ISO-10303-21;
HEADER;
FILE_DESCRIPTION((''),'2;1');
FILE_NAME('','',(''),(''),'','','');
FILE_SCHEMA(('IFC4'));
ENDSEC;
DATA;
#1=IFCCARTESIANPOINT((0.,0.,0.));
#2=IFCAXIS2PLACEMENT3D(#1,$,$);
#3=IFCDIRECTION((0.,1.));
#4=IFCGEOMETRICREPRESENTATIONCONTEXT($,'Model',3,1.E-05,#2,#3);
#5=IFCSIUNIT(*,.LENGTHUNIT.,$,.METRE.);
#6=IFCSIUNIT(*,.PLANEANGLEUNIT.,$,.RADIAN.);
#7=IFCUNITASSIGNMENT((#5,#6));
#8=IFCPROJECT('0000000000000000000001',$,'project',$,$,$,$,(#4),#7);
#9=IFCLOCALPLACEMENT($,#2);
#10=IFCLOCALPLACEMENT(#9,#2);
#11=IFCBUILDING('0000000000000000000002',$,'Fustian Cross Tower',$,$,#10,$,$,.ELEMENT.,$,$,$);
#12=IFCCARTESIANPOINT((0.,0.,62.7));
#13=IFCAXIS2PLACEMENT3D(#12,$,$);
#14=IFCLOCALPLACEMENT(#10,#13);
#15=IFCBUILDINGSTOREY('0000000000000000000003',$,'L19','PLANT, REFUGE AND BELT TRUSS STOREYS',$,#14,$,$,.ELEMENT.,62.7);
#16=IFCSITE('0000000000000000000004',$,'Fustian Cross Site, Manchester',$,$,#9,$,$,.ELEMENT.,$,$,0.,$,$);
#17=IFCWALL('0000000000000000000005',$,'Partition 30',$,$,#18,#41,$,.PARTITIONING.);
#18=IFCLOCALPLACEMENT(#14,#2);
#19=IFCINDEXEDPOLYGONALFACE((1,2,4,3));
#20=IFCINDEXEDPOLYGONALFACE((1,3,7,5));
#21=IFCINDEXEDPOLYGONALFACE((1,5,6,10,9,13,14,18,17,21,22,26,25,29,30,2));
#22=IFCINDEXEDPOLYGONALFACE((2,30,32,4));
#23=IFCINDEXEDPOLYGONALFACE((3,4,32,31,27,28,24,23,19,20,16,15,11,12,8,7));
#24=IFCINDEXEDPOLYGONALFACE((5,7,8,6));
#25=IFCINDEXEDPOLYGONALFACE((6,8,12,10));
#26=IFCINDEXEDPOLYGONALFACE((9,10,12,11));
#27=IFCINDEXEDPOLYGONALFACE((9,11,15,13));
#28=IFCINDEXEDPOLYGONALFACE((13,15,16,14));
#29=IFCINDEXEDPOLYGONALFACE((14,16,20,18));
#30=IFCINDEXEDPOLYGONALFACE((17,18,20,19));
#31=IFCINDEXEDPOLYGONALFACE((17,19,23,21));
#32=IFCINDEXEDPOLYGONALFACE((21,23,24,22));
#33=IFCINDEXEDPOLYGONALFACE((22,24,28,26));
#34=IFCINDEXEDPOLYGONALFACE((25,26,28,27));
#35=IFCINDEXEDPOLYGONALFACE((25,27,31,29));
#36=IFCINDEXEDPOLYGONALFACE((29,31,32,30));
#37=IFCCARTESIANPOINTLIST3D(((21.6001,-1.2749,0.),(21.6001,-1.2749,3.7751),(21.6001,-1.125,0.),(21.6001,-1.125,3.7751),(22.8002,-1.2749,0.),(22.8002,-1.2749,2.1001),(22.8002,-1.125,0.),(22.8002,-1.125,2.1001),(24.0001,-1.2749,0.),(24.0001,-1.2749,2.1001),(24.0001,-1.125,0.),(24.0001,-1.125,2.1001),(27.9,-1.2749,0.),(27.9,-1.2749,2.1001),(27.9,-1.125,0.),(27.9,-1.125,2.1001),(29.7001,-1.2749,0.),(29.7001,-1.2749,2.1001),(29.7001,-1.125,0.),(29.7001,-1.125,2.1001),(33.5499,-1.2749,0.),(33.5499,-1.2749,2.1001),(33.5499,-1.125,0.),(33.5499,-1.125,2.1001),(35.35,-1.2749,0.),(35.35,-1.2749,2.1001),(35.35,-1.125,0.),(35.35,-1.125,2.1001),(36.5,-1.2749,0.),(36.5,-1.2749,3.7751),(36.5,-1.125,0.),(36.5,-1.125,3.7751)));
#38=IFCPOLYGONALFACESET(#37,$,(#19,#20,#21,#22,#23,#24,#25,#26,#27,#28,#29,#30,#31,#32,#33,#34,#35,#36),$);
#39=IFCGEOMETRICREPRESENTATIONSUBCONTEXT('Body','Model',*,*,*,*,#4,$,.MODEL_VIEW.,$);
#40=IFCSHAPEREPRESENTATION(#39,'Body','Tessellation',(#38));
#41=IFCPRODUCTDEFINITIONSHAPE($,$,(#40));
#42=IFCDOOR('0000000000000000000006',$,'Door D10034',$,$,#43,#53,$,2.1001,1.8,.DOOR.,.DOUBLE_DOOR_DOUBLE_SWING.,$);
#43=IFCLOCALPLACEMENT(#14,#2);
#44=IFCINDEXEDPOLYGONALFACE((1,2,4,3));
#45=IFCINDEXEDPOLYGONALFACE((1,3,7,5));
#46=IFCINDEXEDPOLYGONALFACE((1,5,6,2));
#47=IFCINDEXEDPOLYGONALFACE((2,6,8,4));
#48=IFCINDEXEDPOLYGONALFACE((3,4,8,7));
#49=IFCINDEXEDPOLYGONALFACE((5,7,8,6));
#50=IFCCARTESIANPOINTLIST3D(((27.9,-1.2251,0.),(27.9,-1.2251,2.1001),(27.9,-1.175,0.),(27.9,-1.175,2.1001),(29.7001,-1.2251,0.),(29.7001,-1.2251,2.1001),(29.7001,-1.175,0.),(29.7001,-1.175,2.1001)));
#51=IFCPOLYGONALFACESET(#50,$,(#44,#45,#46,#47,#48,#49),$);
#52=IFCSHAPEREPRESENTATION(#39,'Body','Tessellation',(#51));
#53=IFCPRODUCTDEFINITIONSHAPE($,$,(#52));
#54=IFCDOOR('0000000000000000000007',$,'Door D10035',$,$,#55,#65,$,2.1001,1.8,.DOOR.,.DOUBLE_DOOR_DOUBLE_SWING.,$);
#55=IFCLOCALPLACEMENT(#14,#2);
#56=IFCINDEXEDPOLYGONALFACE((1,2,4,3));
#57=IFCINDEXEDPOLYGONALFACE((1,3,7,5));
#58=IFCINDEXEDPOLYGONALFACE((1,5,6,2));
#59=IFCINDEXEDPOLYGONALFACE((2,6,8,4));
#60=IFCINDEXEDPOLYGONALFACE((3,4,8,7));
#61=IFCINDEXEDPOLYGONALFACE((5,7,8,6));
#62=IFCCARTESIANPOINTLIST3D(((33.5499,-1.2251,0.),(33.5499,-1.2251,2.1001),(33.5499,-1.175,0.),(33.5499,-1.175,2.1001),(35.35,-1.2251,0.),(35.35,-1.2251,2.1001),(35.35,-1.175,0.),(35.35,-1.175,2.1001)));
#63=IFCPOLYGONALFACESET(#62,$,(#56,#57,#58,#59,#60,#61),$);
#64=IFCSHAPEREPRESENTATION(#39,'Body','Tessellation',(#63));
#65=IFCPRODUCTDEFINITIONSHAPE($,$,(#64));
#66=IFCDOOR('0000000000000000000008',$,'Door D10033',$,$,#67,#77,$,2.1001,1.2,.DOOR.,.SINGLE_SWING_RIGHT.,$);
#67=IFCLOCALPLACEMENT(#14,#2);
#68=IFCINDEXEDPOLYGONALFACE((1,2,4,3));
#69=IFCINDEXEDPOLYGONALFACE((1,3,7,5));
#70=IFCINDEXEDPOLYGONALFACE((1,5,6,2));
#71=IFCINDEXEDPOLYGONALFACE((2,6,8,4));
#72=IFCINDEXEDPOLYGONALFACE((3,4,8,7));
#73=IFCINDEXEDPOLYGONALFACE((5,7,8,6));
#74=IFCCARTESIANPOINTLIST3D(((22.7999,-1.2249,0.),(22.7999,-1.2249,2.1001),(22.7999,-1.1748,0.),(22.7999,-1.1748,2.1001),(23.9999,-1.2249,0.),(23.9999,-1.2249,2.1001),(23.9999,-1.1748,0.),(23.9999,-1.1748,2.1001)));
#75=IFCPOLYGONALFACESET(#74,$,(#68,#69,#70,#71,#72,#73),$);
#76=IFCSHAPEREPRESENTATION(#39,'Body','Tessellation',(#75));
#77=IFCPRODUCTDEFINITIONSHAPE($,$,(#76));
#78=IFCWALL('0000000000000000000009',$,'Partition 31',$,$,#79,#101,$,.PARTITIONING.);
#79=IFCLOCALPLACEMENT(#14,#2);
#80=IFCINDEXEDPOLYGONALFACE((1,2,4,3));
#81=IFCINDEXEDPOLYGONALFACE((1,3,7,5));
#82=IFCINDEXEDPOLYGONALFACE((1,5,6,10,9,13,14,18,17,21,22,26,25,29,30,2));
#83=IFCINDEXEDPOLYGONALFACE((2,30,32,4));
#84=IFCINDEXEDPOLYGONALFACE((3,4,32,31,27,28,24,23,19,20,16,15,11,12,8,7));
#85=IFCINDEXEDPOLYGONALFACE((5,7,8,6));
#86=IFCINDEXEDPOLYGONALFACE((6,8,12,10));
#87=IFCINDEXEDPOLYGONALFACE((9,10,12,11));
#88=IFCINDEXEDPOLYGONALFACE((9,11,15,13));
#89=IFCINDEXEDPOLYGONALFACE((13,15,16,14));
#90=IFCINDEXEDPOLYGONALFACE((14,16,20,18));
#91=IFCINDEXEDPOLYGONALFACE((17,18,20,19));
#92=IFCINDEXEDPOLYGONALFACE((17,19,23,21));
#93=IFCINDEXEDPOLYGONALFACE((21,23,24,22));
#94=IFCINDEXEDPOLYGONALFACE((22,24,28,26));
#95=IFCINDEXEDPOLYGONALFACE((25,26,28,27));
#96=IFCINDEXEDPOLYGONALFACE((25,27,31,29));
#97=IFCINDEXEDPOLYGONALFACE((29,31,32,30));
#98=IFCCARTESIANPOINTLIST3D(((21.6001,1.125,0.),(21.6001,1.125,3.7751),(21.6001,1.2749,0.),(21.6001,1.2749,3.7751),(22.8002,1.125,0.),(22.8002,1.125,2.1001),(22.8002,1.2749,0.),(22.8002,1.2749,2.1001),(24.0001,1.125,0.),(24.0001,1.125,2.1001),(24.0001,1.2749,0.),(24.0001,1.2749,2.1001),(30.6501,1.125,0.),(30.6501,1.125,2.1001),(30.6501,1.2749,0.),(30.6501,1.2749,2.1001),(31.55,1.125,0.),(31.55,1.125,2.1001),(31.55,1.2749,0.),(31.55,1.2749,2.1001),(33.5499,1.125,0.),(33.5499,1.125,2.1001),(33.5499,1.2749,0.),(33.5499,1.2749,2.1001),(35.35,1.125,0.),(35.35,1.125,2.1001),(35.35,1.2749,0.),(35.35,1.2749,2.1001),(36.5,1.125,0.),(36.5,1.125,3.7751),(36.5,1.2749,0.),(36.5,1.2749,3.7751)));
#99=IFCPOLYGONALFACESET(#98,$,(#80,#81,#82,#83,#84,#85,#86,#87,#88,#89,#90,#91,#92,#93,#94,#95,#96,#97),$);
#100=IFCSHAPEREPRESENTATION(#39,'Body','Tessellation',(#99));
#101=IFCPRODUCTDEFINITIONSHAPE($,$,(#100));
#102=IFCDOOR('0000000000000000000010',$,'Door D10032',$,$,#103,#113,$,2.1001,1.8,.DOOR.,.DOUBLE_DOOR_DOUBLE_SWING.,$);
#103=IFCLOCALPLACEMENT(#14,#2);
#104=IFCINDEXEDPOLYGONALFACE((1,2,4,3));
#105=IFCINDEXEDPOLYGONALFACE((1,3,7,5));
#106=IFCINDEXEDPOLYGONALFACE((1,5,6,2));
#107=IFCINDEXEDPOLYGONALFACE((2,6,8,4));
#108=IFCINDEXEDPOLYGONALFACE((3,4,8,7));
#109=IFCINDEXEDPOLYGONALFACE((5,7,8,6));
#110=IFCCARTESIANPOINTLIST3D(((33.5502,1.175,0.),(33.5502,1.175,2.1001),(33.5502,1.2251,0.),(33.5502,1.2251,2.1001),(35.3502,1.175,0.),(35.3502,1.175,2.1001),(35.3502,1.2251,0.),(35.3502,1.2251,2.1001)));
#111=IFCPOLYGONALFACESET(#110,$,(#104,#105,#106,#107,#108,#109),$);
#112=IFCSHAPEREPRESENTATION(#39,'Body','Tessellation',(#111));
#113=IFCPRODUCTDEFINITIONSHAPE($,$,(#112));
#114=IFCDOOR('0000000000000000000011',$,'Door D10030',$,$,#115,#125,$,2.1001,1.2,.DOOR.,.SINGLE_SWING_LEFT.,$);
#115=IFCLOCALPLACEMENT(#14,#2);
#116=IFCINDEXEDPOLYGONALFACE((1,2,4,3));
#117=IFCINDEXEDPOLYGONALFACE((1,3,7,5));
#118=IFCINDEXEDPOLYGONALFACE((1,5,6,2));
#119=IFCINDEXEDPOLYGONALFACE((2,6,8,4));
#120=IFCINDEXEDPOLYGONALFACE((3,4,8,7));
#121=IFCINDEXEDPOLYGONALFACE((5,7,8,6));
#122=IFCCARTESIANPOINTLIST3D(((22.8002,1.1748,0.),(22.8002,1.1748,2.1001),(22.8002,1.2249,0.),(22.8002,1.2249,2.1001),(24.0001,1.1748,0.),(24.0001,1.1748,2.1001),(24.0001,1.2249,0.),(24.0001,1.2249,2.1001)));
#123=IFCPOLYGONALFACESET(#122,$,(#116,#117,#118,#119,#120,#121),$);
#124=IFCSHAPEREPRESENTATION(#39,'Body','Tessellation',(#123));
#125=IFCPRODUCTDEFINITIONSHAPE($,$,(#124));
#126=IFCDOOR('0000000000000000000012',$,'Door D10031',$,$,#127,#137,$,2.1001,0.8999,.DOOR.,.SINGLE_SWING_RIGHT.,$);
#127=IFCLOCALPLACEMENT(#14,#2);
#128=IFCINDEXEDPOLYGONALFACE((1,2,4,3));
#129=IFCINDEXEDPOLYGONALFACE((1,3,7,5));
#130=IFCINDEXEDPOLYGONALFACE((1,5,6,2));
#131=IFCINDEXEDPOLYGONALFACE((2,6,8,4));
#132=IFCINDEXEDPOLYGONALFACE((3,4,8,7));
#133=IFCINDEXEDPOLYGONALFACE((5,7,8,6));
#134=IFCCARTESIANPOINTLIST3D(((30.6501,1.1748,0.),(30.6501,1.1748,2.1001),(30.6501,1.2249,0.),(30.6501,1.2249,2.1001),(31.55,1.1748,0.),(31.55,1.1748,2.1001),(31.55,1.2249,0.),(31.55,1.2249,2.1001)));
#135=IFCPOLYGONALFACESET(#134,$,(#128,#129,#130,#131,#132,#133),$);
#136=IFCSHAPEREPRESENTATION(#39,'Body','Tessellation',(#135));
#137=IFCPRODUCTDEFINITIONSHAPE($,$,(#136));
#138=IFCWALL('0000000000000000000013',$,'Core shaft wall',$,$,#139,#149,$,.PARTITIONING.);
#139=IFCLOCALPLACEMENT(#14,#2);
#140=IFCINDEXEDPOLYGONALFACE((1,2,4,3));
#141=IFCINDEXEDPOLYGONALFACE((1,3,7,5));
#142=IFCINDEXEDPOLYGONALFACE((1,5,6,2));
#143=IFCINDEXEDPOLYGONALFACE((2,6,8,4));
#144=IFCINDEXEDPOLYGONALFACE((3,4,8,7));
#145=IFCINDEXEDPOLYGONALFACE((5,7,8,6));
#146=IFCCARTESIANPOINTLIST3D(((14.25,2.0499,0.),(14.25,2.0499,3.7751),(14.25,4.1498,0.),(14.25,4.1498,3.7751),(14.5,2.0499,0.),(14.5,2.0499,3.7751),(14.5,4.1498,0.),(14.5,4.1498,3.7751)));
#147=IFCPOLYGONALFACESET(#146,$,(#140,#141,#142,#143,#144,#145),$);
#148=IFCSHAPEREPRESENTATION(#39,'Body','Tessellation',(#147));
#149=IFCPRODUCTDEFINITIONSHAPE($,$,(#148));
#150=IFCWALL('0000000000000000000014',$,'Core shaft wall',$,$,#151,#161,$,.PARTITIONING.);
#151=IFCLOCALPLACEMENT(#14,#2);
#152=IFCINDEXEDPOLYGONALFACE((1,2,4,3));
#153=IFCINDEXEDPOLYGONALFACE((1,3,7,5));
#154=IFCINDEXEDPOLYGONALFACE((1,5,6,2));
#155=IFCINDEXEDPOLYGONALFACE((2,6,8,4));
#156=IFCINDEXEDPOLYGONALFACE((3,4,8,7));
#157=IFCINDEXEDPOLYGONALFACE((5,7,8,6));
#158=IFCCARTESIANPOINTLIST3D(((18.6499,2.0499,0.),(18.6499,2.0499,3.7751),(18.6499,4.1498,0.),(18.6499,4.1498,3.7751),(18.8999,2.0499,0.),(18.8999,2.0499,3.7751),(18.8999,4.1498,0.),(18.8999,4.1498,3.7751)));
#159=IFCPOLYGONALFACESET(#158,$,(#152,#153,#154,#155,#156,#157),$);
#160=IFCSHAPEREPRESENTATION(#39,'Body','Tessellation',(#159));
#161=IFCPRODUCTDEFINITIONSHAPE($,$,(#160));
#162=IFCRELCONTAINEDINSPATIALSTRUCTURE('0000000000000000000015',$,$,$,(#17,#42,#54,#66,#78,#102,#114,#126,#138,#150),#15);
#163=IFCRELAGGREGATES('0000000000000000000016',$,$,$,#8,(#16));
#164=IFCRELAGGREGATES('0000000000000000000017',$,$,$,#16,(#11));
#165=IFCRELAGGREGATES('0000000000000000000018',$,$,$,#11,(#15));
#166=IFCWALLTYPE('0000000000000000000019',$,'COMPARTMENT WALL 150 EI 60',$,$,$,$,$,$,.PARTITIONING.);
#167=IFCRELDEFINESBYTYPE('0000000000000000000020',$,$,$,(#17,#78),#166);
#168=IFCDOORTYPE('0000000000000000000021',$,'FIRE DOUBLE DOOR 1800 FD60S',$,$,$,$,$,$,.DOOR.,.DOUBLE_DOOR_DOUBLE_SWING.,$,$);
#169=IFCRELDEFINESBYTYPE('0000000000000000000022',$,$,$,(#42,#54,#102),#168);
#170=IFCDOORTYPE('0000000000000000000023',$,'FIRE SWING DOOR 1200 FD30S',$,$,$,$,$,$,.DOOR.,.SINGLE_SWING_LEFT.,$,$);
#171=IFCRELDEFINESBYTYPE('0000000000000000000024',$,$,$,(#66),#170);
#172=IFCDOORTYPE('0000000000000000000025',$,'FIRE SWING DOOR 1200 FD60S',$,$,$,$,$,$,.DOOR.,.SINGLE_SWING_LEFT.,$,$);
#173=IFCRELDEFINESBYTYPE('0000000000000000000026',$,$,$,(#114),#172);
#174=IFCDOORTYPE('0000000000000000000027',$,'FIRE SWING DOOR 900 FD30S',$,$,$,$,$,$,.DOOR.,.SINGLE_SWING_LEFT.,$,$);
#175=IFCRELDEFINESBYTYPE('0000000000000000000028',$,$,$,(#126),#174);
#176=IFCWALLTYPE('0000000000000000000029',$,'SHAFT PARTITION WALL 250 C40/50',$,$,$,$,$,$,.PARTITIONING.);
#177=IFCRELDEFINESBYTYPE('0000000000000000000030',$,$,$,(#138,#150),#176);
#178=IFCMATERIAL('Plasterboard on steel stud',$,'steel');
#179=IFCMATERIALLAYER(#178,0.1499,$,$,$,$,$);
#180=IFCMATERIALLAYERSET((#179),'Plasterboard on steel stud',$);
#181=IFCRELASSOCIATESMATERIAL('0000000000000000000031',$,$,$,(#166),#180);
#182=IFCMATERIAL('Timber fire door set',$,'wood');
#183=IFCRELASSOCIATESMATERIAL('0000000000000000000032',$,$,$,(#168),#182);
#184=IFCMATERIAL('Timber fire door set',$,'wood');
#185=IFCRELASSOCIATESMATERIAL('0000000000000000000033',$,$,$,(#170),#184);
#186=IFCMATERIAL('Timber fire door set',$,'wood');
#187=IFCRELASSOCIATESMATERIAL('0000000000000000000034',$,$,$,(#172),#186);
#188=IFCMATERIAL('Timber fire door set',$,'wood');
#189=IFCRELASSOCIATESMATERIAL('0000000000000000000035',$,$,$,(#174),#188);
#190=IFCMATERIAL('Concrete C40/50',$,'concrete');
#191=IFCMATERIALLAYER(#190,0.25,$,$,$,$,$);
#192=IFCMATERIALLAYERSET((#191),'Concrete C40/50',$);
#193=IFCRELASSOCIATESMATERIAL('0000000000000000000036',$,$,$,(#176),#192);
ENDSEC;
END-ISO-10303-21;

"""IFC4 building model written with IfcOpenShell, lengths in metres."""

from ifc_helpers import new_model, si_unit, direction, frame, frame_2d, origin, place, context, subcontext, project, spatial, rectangle, extrude, material, layer, layer_set, type_object, element, fill, save


model = new_model("IFC4")

# Units and contexts
model_context = context("Model", 3, precision=1e-05, world=origin(), true_north=direction((0.0, 1.0)))
body_context = subcontext(model_context, "Body", "Model", "MODEL_VIEW")
ifc_project = project(units=[si_unit("LENGTHUNIT", "METRE"), si_unit("PLANEANGLEUNIT", "RADIAN")], contexts=[model_context])

# Site, building, storey
site_placement = place(None, origin())
site = spatial("IfcSite", under=ifc_project, at=site_placement, Name="Fustian Cross Site, Manchester", CompositionType="ELEMENT", RefElevation=0.0)
building_placement = place(site_placement, origin())
building = spatial("IfcBuilding", under=site, at=building_placement, Name="Fustian Cross Tower", CompositionType="ELEMENT")
storey_placement = place(building_placement, frame((0.0, 0.0, 62.7)))
storey = spatial("IfcBuildingStorey", under=building, at=storey_placement, Name="L19", Description="PLANT, REFUGE AND BELT TRUSS STOREYS", CompositionType="ELEMENT", Elevation=62.7)

# Walls, openings, doors
ifc_material_1 = material(Name="Plasterboard on steel stud", Category="steel")
ifc_layer_1 = layer(ifc_material_1, 0.1499)
ifc_layer_set_1 = layer_set([ifc_layer_1], Name="Plasterboard on steel stud")
wall_type_1 = type_object("IfcWallType", Name="COMPARTMENT WALL 150 EI 60", PredefinedType="PARTITIONING", material=ifc_layer_set_1)
wall_1_placement = place(storey_placement, frame((21.6001, -1.2, 0.0), z_axis=(0.0, 0.0, 1.0), x_axis=(1.0, 0.0, 0.0)))
wall_1 = element("IfcWall", 1, at=wall_1_placement, inside=storey, type_object=wall_type_1, Name="Partition 30", PredefinedType="PARTITIONING", context=body_context, shape_type="SweptSolid", body=[
    extrude(rectangle(XDim=14.8999, YDim=0.1499, at=frame_2d((7.45, 0.0))), origin(), (0.0, 0.0, 1.0), 3.7751),
])
opening_1_placement = place(wall_1_placement, frame((1.2, 0.0, 0.0)))
opening_1 = element("IfcOpeningElement", 2, at=opening_1_placement, cuts=wall_1, PredefinedType="OPENING", context=body_context, shape_type="SweptSolid", body=[
    extrude(rectangle(XDim=1.2, YDim=2.1001, at=frame_2d((0.6001, 1.05))), frame((0.0, 0.085, 0.0), z_axis=(0.0, -1.0, 0.0), x_axis=(1.0, 0.0, 0.0)), (0.0, 0.0, 1.0), 0.1699),
])
opening_2_placement = place(wall_1_placement, frame((6.3, 0.0, 0.0)))
opening_2 = element("IfcOpeningElement", 3, at=opening_2_placement, cuts=wall_1, PredefinedType="OPENING", context=body_context, shape_type="SweptSolid", body=[
    extrude(rectangle(XDim=1.8, YDim=2.1001, at=frame_2d((0.8999, 1.05))), frame((0.0, 0.085, 0.0), z_axis=(0.0, -1.0, 0.0), x_axis=(1.0, 0.0, 0.0)), (0.0, 0.0, 1.0), 0.1699),
])
opening_3_placement = place(wall_1_placement, frame((11.95, 0.0, 0.0)))
opening_3 = element("IfcOpeningElement", 4, at=opening_3_placement, cuts=wall_1, PredefinedType="OPENING", context=body_context, shape_type="SweptSolid", body=[
    extrude(rectangle(XDim=1.8, YDim=2.1001, at=frame_2d((0.8999, 1.05))), frame((0.0, 0.085, 0.0), z_axis=(0.0, -1.0, 0.0), x_axis=(1.0, 0.0, 0.0)), (0.0, 0.0, 1.0), 0.1699),
])
ifc_material_2 = material(Name="Timber fire door set", Category="wood")
door_type_1 = type_object("IfcDoorType", Name="FIRE DOUBLE DOOR 1800 FD60S", OperationType="DOUBLE_DOOR_DOUBLE_SWING", PredefinedType="DOOR", material=ifc_material_2)
door_1_placement = place(opening_2_placement, origin())
door_1 = element("IfcDoor", 5, at=door_1_placement, inside=storey, type_object=door_type_1, Name="Door D10034", OperationType="DOUBLE_DOOR_DOUBLE_SWING", OverallHeight=2.1001, OverallWidth=1.8, PredefinedType="DOOR", context=body_context, shape_type="SweptSolid", body=[
    extrude(rectangle(XDim=1.8, YDim=2.1001, at=frame_2d((0.8999, 1.05))), frame((0.0, 0.0249, 0.0), z_axis=(0.0, -1.0, 0.0), x_axis=(1.0, 0.0, 0.0)), (0.0, 0.0, 1.0), 0.05),
])
fill(opening_2, door_1)
door_2_placement = place(opening_3_placement, origin())
door_2 = element("IfcDoor", 6, at=door_2_placement, inside=storey, type_object=door_type_1, Name="Door D10035", OperationType="DOUBLE_DOOR_DOUBLE_SWING", OverallHeight=2.1001, OverallWidth=1.8, PredefinedType="DOOR", context=body_context, shape_type="SweptSolid", body=[
    extrude(rectangle(XDim=1.8, YDim=2.1001, at=frame_2d((0.8999, 1.05))), frame((0.0, 0.0249, 0.0), z_axis=(0.0, -1.0, 0.0), x_axis=(1.0, 0.0, 0.0)), (0.0, 0.0, 1.0), 0.05),
])
fill(opening_3, door_2)
ifc_material_3 = material(Name="Timber fire door set", Category="wood")
door_type_2 = type_object("IfcDoorType", Name="FIRE SWING DOOR 1200 FD30S", OperationType="SINGLE_SWING_LEFT", PredefinedType="DOOR", material=ifc_material_3)
door_3_placement = place(opening_1_placement, frame((1.2, 0.0, 0.0), z_axis=(0.0, 0.0, 1.0), x_axis=(-1.0, 0.0, 0.0)))
door_3 = element("IfcDoor", 7, at=door_3_placement, inside=storey, type_object=door_type_2, Name="Door D10033", OperationType="SINGLE_SWING_RIGHT", OverallHeight=2.1001, OverallWidth=1.2, PredefinedType="DOOR", context=body_context, shape_type="SweptSolid", body=[
    extrude(rectangle(XDim=1.2, YDim=2.1001, at=frame_2d((0.6001, 1.05))), frame((0.0, 0.0249, 0.0), z_axis=(0.0, -1.0, 0.0), x_axis=(1.0, 0.0, 0.0)), (0.0, 0.0, 1.0), 0.05),
])
fill(opening_1, door_3)
wall_2_placement = place(storey_placement, frame((21.6001, 1.2, 0.0), z_axis=(0.0, 0.0, 1.0), x_axis=(1.0, 0.0, 0.0)))
wall_2 = element("IfcWall", 8, at=wall_2_placement, inside=storey, type_object=wall_type_1, Name="Partition 31", PredefinedType="PARTITIONING", context=body_context, shape_type="SweptSolid", body=[
    extrude(rectangle(XDim=14.8999, YDim=0.1499, at=frame_2d((7.45, 0.0))), origin(), (0.0, 0.0, 1.0), 3.7751),
])
opening_4_placement = place(wall_2_placement, frame((1.2, 0.0, 0.0)))
opening_4 = element("IfcOpeningElement", 9, at=opening_4_placement, cuts=wall_2, PredefinedType="OPENING", context=body_context, shape_type="SweptSolid", body=[
    extrude(rectangle(XDim=1.2, YDim=2.1001, at=frame_2d((0.6001, 1.05))), frame((0.0, 0.085, 0.0), z_axis=(0.0, -1.0, 0.0), x_axis=(1.0, 0.0, 0.0)), (0.0, 0.0, 1.0), 0.1699),
])
opening_5_placement = place(wall_2_placement, frame((9.05, 0.0, 0.0)))
opening_5 = element("IfcOpeningElement", 10, at=opening_5_placement, cuts=wall_2, PredefinedType="OPENING", context=body_context, shape_type="SweptSolid", body=[
    extrude(rectangle(XDim=0.8999, YDim=2.1001, at=frame_2d((0.45, 1.05))), frame((0.0, 0.085, 0.0), z_axis=(0.0, -1.0, 0.0), x_axis=(1.0, 0.0, 0.0)), (0.0, 0.0, 1.0), 0.1699),
])
opening_6_placement = place(wall_2_placement, frame((11.95, 0.0, 0.0)))
opening_6 = element("IfcOpeningElement", 11, at=opening_6_placement, cuts=wall_2, PredefinedType="OPENING", context=body_context, shape_type="SweptSolid", body=[
    extrude(rectangle(XDim=1.8, YDim=2.1001, at=frame_2d((0.8999, 1.05))), frame((0.0, 0.085, 0.0), z_axis=(0.0, -1.0, 0.0), x_axis=(1.0, 0.0, 0.0)), (0.0, 0.0, 1.0), 0.1699),
])
door_4_placement = place(opening_6_placement, frame((1.8, 0.0, 0.0), z_axis=(0.0, 0.0, 1.0), x_axis=(-1.0, 0.0, 0.0)))
door_4 = element("IfcDoor", 12, at=door_4_placement, inside=storey, type_object=door_type_1, Name="Door D10032", OperationType="DOUBLE_DOOR_DOUBLE_SWING", OverallHeight=2.1001, OverallWidth=1.8, PredefinedType="DOOR", context=body_context, shape_type="SweptSolid", body=[
    extrude(rectangle(XDim=1.8, YDim=2.1001, at=frame_2d((0.8999, 1.05))), frame((0.0, 0.0249, 0.0), z_axis=(0.0, -1.0, 0.0), x_axis=(1.0, 0.0, 0.0)), (0.0, 0.0, 1.0), 0.05),
])
fill(opening_6, door_4)
ifc_material_4 = material(Name="Timber fire door set", Category="wood")
door_type_3 = type_object("IfcDoorType", Name="FIRE SWING DOOR 1200 FD60S", OperationType="SINGLE_SWING_LEFT", PredefinedType="DOOR", material=ifc_material_4)
door_5_placement = place(opening_4_placement, origin())
door_5 = element("IfcDoor", 13, at=door_5_placement, inside=storey, type_object=door_type_3, Name="Door D10030", OperationType="SINGLE_SWING_LEFT", OverallHeight=2.1001, OverallWidth=1.2, PredefinedType="DOOR", context=body_context, shape_type="SweptSolid", body=[
    extrude(rectangle(XDim=1.2, YDim=2.1001, at=frame_2d((0.6001, 1.05))), frame((0.0, 0.0249, 0.0), z_axis=(0.0, -1.0, 0.0), x_axis=(1.0, 0.0, 0.0)), (0.0, 0.0, 1.0), 0.05),
])
fill(opening_4, door_5)
ifc_material_5 = material(Name="Timber fire door set", Category="wood")
door_type_4 = type_object("IfcDoorType", Name="FIRE SWING DOOR 900 FD30S", OperationType="SINGLE_SWING_LEFT", PredefinedType="DOOR", material=ifc_material_5)
door_6_placement = place(opening_5_placement, origin())
door_6 = element("IfcDoor", 14, at=door_6_placement, inside=storey, type_object=door_type_4, Name="Door D10031", OperationType="SINGLE_SWING_RIGHT", OverallHeight=2.1001, OverallWidth=0.8999, PredefinedType="DOOR", context=body_context, shape_type="SweptSolid", body=[
    extrude(rectangle(XDim=0.8999, YDim=2.1001, at=frame_2d((0.45, 1.05))), frame((0.0, 0.0249, 0.0), z_axis=(0.0, -1.0, 0.0), x_axis=(1.0, 0.0, 0.0)), (0.0, 0.0, 1.0), 0.05),
])
fill(opening_5, door_6)

# Walls
ifc_material_6 = material(Name="Concrete C40/50", Category="concrete")
ifc_layer_2 = layer(ifc_material_6, 0.25)
ifc_layer_set_2 = layer_set([ifc_layer_2], Name="Concrete C40/50")
wall_type_2 = type_object("IfcWallType", Name="SHAFT PARTITION WALL 250 C40/50", PredefinedType="PARTITIONING", material=ifc_layer_set_2)
for number, where, z_axis, x_axis, name in (
    (15, (14.375, 2.05, 0.0), (0.0, 0.0, 1.0), (0.0, 1.0, 0.0), "Core shaft wall"),
    (16, (18.7749, 2.05, 0.0), (0.0, 0.0, 1.0), (0.0, 1.0, 0.0), "Core shaft wall"),
):
    element("IfcWall", number, at=place(storey_placement, frame(where, z_axis=z_axis, x_axis=x_axis)), inside=storey, type_object=wall_type_2, Name=name, PredefinedType="PARTITIONING", context=body_context, shape_type="SweptSolid", body=[
        extrude(rectangle(XDim=2.0999, YDim=0.25, at=frame_2d((1.0498, 0.0))), origin(), (0.0, 0.0, 1.0), 3.7751),
    ])

save(model, "model.ifc")
